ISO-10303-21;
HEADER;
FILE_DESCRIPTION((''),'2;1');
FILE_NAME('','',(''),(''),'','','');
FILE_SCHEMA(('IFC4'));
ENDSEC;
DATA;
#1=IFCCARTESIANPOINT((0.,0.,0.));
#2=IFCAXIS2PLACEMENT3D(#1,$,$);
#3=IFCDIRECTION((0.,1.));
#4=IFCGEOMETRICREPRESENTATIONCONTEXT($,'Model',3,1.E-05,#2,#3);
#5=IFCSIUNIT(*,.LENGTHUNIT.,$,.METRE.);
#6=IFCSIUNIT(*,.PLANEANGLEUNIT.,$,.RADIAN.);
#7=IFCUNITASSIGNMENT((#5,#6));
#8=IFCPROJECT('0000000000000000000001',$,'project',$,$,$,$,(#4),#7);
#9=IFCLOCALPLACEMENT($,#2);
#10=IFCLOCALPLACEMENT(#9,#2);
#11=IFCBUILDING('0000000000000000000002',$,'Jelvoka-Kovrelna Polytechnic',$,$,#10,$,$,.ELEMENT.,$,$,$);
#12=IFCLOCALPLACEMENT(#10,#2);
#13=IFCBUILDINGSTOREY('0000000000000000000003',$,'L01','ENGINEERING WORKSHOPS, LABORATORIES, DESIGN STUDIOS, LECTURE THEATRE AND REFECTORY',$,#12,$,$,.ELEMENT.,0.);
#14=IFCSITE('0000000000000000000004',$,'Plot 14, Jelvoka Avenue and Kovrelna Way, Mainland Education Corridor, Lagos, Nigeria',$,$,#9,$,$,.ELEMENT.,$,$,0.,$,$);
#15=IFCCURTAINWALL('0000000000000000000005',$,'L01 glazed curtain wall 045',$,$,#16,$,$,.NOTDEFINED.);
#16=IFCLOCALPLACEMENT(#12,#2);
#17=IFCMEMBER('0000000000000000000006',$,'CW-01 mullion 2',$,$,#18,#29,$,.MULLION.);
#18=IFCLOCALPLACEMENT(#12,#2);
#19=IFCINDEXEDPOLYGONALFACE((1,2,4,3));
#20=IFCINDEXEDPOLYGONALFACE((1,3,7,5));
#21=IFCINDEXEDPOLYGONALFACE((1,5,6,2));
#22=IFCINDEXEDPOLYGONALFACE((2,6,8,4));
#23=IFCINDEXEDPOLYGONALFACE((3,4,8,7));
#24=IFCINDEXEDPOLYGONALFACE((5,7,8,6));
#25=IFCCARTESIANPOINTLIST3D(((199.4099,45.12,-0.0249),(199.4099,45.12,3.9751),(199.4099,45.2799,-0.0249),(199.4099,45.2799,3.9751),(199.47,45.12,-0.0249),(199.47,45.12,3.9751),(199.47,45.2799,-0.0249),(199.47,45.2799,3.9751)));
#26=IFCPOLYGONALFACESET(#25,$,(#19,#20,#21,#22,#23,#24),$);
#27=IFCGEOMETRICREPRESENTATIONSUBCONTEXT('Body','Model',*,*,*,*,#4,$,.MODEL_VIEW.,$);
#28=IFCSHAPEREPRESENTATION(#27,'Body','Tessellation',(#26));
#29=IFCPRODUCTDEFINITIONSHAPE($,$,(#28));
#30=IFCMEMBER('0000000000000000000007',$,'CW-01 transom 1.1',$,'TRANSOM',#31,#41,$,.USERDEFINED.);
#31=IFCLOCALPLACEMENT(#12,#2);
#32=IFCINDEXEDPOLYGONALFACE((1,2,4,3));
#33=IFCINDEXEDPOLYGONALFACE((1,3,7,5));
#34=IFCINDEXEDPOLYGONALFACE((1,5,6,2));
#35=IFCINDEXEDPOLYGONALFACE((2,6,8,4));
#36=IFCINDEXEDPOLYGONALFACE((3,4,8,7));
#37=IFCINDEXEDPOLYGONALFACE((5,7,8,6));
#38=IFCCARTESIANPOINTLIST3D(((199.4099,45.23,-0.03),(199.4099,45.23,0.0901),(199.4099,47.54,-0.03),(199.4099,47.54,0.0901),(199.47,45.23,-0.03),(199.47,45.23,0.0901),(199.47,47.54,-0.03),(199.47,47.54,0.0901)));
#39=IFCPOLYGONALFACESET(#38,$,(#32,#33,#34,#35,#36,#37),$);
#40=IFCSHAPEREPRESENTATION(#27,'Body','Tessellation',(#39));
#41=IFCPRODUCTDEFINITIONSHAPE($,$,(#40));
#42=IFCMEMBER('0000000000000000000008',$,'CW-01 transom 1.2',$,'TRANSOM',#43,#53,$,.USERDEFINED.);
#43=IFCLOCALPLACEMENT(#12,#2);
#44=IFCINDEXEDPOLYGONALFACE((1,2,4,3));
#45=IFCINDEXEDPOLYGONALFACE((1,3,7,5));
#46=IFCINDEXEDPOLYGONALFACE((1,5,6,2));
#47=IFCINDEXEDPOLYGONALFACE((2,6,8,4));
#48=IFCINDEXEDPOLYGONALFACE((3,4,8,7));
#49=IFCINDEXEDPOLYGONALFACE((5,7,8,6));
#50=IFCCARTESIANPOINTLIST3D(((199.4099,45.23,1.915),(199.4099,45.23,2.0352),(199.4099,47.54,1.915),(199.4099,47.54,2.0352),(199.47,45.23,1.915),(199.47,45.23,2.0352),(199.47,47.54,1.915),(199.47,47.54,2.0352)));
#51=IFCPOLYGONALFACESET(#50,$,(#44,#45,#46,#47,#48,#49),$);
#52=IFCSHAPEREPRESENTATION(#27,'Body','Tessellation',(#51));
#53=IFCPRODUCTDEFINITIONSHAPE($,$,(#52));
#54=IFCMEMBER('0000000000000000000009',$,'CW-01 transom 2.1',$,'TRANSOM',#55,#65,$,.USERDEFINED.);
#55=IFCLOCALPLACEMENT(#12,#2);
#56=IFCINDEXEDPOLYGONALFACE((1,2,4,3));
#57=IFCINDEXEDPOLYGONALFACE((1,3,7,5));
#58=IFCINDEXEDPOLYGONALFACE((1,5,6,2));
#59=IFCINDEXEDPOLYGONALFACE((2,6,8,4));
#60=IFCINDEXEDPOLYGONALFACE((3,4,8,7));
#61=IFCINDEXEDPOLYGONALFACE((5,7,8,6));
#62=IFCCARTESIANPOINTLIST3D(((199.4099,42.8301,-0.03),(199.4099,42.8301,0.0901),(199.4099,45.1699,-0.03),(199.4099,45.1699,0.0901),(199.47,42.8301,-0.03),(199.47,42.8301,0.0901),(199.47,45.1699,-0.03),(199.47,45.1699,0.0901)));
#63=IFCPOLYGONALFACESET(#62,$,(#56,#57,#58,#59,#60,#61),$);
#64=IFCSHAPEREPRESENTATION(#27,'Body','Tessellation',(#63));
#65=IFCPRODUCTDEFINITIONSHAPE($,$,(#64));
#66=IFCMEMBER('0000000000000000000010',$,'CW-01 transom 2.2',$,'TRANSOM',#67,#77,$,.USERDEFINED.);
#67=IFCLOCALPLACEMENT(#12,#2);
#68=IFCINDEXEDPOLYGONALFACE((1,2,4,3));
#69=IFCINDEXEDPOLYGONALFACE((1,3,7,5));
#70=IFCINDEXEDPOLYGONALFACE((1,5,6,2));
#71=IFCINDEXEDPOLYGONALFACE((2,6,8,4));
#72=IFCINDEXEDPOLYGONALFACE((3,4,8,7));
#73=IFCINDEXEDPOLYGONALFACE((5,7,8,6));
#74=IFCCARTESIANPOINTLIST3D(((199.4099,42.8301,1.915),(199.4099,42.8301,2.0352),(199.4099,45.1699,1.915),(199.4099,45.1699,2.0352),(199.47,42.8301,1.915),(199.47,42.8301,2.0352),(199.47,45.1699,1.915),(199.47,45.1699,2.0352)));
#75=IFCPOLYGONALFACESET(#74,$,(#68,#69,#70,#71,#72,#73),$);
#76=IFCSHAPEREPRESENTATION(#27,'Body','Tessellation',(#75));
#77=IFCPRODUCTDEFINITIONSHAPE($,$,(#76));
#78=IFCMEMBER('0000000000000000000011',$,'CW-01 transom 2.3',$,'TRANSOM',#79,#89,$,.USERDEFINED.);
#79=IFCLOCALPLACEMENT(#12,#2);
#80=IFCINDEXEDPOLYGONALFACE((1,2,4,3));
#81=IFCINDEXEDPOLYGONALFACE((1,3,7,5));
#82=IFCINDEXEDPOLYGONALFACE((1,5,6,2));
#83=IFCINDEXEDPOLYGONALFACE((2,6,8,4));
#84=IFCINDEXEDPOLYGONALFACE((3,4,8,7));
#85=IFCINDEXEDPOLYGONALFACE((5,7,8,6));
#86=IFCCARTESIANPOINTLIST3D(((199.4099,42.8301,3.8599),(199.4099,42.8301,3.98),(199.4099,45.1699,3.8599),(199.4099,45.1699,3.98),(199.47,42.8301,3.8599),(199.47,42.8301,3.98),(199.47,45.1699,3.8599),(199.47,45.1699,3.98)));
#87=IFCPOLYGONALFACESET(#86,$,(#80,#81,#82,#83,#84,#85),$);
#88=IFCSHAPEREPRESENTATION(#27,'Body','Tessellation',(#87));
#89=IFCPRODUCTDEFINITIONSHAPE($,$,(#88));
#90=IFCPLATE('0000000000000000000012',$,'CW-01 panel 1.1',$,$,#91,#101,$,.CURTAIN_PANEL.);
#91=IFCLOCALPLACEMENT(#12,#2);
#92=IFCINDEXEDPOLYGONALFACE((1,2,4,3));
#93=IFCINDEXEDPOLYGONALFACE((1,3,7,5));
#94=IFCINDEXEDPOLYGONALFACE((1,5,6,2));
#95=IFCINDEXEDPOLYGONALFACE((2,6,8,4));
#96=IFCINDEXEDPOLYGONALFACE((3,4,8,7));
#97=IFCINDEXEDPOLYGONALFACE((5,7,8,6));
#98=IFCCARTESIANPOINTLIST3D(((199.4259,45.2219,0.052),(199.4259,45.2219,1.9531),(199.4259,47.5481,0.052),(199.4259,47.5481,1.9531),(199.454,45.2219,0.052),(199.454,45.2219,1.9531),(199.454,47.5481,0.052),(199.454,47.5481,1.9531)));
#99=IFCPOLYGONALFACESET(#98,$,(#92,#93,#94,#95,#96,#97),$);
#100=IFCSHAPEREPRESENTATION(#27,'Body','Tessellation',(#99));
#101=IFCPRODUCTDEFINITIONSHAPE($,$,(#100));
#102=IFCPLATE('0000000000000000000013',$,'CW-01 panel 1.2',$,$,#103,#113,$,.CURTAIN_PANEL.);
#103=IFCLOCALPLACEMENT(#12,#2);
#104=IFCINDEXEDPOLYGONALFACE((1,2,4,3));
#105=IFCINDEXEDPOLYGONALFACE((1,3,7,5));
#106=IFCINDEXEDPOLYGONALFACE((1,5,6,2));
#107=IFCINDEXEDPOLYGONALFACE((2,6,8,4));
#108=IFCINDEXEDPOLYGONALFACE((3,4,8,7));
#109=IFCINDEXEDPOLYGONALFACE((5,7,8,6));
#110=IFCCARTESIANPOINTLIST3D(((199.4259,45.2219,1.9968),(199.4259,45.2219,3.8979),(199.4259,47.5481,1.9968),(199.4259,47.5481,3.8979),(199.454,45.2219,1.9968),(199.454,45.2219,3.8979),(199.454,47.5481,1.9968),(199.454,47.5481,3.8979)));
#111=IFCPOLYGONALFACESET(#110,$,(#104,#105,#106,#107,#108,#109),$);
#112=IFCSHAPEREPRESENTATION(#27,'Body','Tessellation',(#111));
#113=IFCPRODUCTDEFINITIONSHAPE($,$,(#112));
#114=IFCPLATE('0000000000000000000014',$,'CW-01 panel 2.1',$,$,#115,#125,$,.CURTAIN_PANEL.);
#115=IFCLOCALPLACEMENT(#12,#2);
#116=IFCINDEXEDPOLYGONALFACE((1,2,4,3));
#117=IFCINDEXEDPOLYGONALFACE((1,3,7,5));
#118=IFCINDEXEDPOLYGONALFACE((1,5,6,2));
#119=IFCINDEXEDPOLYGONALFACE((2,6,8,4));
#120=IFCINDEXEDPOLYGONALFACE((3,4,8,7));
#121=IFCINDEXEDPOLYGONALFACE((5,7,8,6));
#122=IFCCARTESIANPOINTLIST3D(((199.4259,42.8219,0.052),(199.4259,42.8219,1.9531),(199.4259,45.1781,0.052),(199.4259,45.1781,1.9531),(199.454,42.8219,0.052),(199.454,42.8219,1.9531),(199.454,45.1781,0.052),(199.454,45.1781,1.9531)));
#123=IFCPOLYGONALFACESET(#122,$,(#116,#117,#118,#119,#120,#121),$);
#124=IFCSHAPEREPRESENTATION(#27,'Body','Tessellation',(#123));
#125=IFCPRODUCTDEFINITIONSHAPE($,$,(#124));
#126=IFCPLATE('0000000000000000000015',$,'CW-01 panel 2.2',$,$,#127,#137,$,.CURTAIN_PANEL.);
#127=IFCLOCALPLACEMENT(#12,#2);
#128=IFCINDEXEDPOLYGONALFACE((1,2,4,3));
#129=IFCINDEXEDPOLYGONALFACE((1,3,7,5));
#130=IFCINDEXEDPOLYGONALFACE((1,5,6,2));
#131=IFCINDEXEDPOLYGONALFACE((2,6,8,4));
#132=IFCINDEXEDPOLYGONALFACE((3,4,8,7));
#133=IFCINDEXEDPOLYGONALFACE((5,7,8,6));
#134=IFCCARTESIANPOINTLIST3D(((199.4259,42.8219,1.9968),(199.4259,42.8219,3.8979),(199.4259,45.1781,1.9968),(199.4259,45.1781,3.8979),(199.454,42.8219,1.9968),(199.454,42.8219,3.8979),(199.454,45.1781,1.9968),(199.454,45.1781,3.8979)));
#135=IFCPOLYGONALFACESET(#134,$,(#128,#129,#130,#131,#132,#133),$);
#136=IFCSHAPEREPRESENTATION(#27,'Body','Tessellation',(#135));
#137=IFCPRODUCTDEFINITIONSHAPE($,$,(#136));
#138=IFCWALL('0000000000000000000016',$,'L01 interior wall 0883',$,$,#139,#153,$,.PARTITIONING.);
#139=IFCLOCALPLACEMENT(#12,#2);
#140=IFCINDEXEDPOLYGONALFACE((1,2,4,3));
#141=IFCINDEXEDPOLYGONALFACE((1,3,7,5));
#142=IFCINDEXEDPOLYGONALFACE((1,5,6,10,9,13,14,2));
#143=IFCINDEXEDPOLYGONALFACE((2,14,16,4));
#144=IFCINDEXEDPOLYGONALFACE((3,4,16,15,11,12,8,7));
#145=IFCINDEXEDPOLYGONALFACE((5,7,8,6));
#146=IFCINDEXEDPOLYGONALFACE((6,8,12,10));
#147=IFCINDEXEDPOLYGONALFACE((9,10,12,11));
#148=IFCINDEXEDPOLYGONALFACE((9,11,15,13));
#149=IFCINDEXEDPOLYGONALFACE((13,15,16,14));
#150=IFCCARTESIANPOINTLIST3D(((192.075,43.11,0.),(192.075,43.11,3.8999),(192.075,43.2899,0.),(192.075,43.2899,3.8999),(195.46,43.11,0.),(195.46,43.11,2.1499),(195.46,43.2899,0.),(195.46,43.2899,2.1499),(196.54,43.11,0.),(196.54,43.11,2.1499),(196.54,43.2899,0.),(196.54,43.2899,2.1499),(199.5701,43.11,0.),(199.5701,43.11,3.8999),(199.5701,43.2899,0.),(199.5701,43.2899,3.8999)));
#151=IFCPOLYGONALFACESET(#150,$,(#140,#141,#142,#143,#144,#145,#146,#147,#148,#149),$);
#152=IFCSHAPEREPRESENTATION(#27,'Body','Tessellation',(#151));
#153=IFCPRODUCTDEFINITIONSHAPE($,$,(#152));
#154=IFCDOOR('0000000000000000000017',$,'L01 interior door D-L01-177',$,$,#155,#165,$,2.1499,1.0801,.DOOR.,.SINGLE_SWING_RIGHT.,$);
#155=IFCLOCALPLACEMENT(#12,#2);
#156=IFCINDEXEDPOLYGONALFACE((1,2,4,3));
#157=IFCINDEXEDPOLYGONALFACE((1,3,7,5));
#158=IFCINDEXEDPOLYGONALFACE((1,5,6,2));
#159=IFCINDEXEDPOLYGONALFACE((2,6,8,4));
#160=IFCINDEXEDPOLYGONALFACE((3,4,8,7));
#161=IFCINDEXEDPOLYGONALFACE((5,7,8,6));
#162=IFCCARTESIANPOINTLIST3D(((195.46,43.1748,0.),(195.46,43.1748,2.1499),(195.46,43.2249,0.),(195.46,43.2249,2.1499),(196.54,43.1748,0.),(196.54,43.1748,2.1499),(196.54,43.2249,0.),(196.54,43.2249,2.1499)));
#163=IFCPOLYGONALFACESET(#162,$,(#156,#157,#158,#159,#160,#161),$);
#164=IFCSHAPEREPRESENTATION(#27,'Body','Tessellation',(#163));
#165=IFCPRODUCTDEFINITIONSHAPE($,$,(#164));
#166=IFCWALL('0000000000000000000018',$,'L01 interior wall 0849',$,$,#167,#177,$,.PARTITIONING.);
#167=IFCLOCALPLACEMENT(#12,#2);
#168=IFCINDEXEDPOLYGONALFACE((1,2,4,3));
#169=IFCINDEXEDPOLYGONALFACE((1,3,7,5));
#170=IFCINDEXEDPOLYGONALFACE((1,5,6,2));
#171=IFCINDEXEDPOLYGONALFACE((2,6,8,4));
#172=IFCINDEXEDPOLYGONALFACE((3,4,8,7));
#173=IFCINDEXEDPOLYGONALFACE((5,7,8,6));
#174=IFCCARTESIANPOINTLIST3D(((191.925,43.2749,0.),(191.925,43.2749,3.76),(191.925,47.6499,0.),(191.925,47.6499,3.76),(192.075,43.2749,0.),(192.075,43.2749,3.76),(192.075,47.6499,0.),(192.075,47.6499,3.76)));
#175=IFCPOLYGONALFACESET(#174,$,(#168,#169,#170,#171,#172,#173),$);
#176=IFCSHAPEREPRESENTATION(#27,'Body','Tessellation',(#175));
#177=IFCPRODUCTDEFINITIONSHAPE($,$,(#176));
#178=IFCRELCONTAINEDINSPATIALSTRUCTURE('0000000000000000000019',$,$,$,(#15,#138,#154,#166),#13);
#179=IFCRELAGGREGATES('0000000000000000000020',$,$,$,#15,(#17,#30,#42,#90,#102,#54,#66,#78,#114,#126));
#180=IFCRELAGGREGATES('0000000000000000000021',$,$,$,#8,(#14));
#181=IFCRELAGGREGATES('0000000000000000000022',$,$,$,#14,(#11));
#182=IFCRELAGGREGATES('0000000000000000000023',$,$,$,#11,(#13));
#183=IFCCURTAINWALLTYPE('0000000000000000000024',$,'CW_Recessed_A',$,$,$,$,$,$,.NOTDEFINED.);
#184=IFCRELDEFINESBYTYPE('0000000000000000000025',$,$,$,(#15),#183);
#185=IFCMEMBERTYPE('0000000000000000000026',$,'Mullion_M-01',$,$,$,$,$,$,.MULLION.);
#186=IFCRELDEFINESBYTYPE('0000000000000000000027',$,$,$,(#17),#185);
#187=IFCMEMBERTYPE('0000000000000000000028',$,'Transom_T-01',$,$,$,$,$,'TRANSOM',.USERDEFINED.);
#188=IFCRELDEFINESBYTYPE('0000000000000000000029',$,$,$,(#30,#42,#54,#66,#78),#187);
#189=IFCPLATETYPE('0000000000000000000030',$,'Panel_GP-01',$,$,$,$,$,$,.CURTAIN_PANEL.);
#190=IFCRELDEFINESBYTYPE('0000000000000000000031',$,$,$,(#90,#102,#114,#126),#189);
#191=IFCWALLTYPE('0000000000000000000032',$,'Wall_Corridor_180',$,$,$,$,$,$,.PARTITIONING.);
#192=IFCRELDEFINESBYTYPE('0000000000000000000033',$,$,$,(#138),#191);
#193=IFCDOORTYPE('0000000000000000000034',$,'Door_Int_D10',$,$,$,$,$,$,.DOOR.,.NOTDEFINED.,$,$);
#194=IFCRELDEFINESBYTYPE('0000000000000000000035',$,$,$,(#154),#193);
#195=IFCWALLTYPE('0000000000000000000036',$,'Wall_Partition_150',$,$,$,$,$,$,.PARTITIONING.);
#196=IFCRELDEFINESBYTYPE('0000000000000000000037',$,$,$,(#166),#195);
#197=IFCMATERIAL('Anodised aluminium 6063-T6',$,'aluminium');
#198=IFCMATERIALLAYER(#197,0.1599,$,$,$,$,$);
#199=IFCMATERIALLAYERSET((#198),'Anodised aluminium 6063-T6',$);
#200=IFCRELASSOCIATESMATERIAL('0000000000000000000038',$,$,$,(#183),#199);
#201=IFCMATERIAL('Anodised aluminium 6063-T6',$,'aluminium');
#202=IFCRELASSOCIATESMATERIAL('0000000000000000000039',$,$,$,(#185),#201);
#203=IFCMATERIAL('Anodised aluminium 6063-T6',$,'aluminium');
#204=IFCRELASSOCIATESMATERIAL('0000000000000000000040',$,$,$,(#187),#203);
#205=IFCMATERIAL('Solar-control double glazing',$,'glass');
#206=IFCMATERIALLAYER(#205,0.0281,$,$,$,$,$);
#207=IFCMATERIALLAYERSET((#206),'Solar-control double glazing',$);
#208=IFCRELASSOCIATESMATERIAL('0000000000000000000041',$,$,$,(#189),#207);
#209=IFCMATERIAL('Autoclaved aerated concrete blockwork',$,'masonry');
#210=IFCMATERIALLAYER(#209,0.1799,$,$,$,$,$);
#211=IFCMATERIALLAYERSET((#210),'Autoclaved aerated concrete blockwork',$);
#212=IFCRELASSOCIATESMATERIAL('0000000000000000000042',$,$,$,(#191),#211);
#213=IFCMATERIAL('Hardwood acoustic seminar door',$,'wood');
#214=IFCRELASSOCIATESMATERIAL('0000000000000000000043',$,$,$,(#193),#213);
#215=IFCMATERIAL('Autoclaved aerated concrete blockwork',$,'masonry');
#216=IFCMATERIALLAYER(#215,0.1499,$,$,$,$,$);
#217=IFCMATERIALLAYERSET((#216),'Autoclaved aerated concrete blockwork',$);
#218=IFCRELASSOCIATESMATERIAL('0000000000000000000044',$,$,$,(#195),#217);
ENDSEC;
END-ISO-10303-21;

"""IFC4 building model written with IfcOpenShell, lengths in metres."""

from ifc_helpers import new_model, si_unit, direction, frame, frame_2d, origin, origin_2d, place, context, subcontext, project, spatial, rectangle, extrude, material, layer, layer_set, material_profile, profile_set, type_object, element, fill, aggregate, save


model = new_model("IFC4")

# Units and contexts
model_context = context("Model", 3, precision=1e-05, world=origin(), true_north=direction((0.0, 1.0)))
body_context = subcontext(model_context, "Body", "Model", "MODEL_VIEW")
ifc_project = project(units=[si_unit("LENGTHUNIT", "METRE"), si_unit("PLANEANGLEUNIT", "RADIAN")], contexts=[model_context])

# Site, building, storey
site_placement = place(None, origin())
site = spatial("IfcSite", under=ifc_project, at=site_placement, Name="Plot 14, Jelvoka Avenue and Kovrelna Way, Mainland Education Corridor, Lagos, Nigeria", CompositionType="ELEMENT", RefElevation=0.0)
building_placement = place(site_placement, origin())
building = spatial("IfcBuilding", under=site, at=building_placement, Name="Jelvoka-Kovrelna Polytechnic", CompositionType="ELEMENT")
storey_placement = place(building_placement, origin())
storey = spatial("IfcBuildingStorey", under=building, at=storey_placement, Name="L01", Description="ENGINEERING WORKSHOPS, LABORATORIES, DESIGN STUDIOS, LECTURE THEATRE AND REFECTORY", CompositionType="ELEMENT", Elevation=0.0)

# Curtain wall, members, plates
ifc_material_1 = material(Name="Anodised aluminium 6063-T6", Category="aluminium")
ifc_layer_1 = layer(ifc_material_1, 0.1599)
ifc_layer_set_1 = layer_set([ifc_layer_1], Name="Anodised aluminium 6063-T6")
curtain_wall_type = type_object("IfcCurtainWallType", Name="CW_Recessed_A", PredefinedType="NOTDEFINED", material=ifc_layer_set_1)
curtain_wall_placement = place(storey_placement, origin())
curtain_wall = element("IfcCurtainWall", 1, at=curtain_wall_placement, inside=storey, type_object=curtain_wall_type, Name="L01 glazed curtain wall 045", PredefinedType="NOTDEFINED")
ifc_material_2 = material(Name="Anodised aluminium 6063-T6", Category="aluminium")
ifc_material_profile_1 = material_profile(ifc_material_2, rectangle(XDim=0.0601, YDim=0.1599, at=origin_2d()), Name="ALU 60x160")
ifc_profile_set_1 = profile_set([ifc_material_profile_1], Name="Anodised aluminium 6063-T6")
member_type_1 = type_object("IfcMemberType", Name="Mullion_M-01", PredefinedType="MULLION", material=ifc_profile_set_1)
member_1_placement = place(storey_placement, frame((199.4399, 45.2, -0.0249), z_axis=(0.0, 0.0, 1.0), x_axis=(1.0, 0.0, 0.0)))
member_1 = element("IfcMember", 2, at=member_1_placement, type_object=member_type_1, Name="CW-01 mullion 2", PredefinedType="MULLION", context=body_context, shape_type="SweptSolid", body=[
    extrude(rectangle(XDim=0.0601, YDim=0.1599, at=origin_2d()), origin(), (0.0, 0.0, 1.0), 4.0),
])
ifc_material_3 = material(Name="Anodised aluminium 6063-T6", Category="aluminium")
ifc_material_profile_2 = material_profile(ifc_material_3, rectangle(XDim=0.0601, YDim=0.1201, at=origin_2d()), Name="ALU 60x120")
ifc_profile_set_2 = profile_set([ifc_material_profile_2], Name="Anodised aluminium 6063-T6")
member_type_2 = type_object("IfcMemberType", Name="Transom_T-01", ElementType="TRANSOM", PredefinedType="USERDEFINED", material=ifc_profile_set_2)
member_2_placement = place(storey_placement, frame((199.4399, 47.54, 0.03), z_axis=(0.0, -1.0, 0.0), x_axis=(1.0, 0.0, 0.0)))
member_2 = element("IfcMember", 3, at=member_2_placement, type_object=member_type_2, Name="CW-01 transom 1.1", ObjectType="TRANSOM", PredefinedType="USERDEFINED", context=body_context, shape_type="SweptSolid", body=[
    extrude(rectangle(XDim=0.0601, YDim=0.1201, at=origin_2d()), origin(), (0.0, 0.0, 1.0), 2.3101),
])
member_3_placement = place(storey_placement, frame((199.4399, 47.54, 1.9751), z_axis=(0.0, -1.0, 0.0), x_axis=(1.0, 0.0, 0.0)))
member_3 = element("IfcMember", 4, at=member_3_placement, type_object=member_type_2, Name="CW-01 transom 1.2", ObjectType="TRANSOM", PredefinedType="USERDEFINED", context=body_context, shape_type="SweptSolid", body=[
    extrude(rectangle(XDim=0.0601, YDim=0.1201, at=origin_2d()), origin(), (0.0, 0.0, 1.0), 2.3101),
])
member_4_placement = place(storey_placement, frame((199.4399, 45.1699, 0.03), z_axis=(0.0, -1.0, 0.0), x_axis=(1.0, 0.0, 0.0)))
member_4 = element("IfcMember", 5, at=member_4_placement, type_object=member_type_2, Name="CW-01 transom 2.1", ObjectType="TRANSOM", PredefinedType="USERDEFINED", context=body_context, shape_type="SweptSolid", body=[
    extrude(rectangle(XDim=0.0601, YDim=0.1201, at=origin_2d()), origin(), (0.0, 0.0, 1.0), 2.3398),
])
member_5_placement = place(storey_placement, frame((199.4399, 45.1699, 1.9751), z_axis=(0.0, -1.0, 0.0), x_axis=(1.0, 0.0, 0.0)))
member_5 = element("IfcMember", 6, at=member_5_placement, type_object=member_type_2, Name="CW-01 transom 2.2", ObjectType="TRANSOM", PredefinedType="USERDEFINED", context=body_context, shape_type="SweptSolid", body=[
    extrude(rectangle(XDim=0.0601, YDim=0.1201, at=origin_2d()), origin(), (0.0, 0.0, 1.0), 2.3398),
])
member_6_placement = place(storey_placement, frame((199.4399, 45.1699, 3.9199), z_axis=(0.0, -1.0, 0.0), x_axis=(1.0, 0.0, 0.0)))
member_6 = element("IfcMember", 7, at=member_6_placement, type_object=member_type_2, Name="CW-01 transom 2.3", ObjectType="TRANSOM", PredefinedType="USERDEFINED", context=body_context, shape_type="SweptSolid", body=[
    extrude(rectangle(XDim=0.0601, YDim=0.1201, at=origin_2d()), origin(), (0.0, 0.0, 1.0), 2.3398),
])
ifc_material_4 = material(Name="Solar-control double glazing", Category="glass")
ifc_layer_2 = layer(ifc_material_4, 0.0281)
ifc_layer_set_2 = layer_set([ifc_layer_2], Name="Solar-control double glazing")
plate_type = type_object("IfcPlateType", Name="Panel_GP-01", PredefinedType="CURTAIN_PANEL", material=ifc_layer_set_2)
plate_1_placement = place(storey_placement, frame((199.4399, 46.385, 0.052), z_axis=(0.0, 0.0, 1.0), x_axis=(0.0, -1.0, 0.0)))
plate_1 = element("IfcPlate", 8, at=plate_1_placement, type_object=plate_type, Name="CW-01 panel 1.1", PredefinedType="CURTAIN_PANEL", context=body_context, shape_type="SweptSolid", body=[
    extrude(rectangle(XDim=2.3262, YDim=0.0281, at=origin_2d()), origin(), (0.0, 0.0, 1.0), 1.9011),
])
plate_2_placement = place(storey_placement, frame((199.4399, 46.385, 1.9968), z_axis=(0.0, 0.0, 1.0), x_axis=(0.0, -1.0, 0.0)))
plate_2 = element("IfcPlate", 9, at=plate_2_placement, type_object=plate_type, Name="CW-01 panel 1.2", PredefinedType="CURTAIN_PANEL", context=body_context, shape_type="SweptSolid", body=[
    extrude(rectangle(XDim=2.3262, YDim=0.0281, at=origin_2d()), origin(), (0.0, 0.0, 1.0), 1.9011),
])
plate_3_placement = place(storey_placement, frame((199.4399, 44.0, 0.052), z_axis=(0.0, 0.0, 1.0), x_axis=(0.0, -1.0, 0.0)))
plate_3 = element("IfcPlate", 10, at=plate_3_placement, type_object=plate_type, Name="CW-01 panel 2.1", PredefinedType="CURTAIN_PANEL", context=body_context, shape_type="SweptSolid", body=[
    extrude(rectangle(XDim=2.3562, YDim=0.0281, at=origin_2d()), origin(), (0.0, 0.0, 1.0), 1.9011),
])
plate_4_placement = place(storey_placement, frame((199.4399, 44.0, 1.9968), z_axis=(0.0, 0.0, 1.0), x_axis=(0.0, -1.0, 0.0)))
plate_4 = element("IfcPlate", 11, at=plate_4_placement, type_object=plate_type, Name="CW-01 panel 2.2", PredefinedType="CURTAIN_PANEL", context=body_context, shape_type="SweptSolid", body=[
    extrude(rectangle(XDim=2.3562, YDim=0.0281, at=origin_2d()), origin(), (0.0, 0.0, 1.0), 1.9011),
])
aggregate(curtain_wall, [member_1, member_2, member_3, plate_1, plate_2, member_4, member_5, member_6, plate_3, plate_4])

# Wall, opening, door
ifc_material_5 = material(Name="Autoclaved aerated concrete blockwork", Category="masonry")
ifc_layer_3 = layer(ifc_material_5, 0.1799)
ifc_layer_set_3 = layer_set([ifc_layer_3], Name="Autoclaved aerated concrete blockwork")
wall_type_1 = type_object("IfcWallType", Name="Wall_Corridor_180", PredefinedType="PARTITIONING", material=ifc_layer_set_3)
wall_1_placement = place(storey_placement, frame((192.075, 43.2, 0.0), z_axis=(0.0, 0.0, 1.0), x_axis=(1.0, 0.0, 0.0)))
wall_1 = element("IfcWall", 12, at=wall_1_placement, inside=storey, type_object=wall_type_1, Name="L01 interior wall 0883", PredefinedType="PARTITIONING", context=body_context, shape_type="SweptSolid", body=[
    extrude(rectangle(XDim=7.4951, YDim=0.1799, at=frame_2d((3.7476, 0.0))), origin(), (0.0, 0.0, 1.0), 3.8999),
])
opening_placement = place(wall_1_placement, frame((3.385, 0.0, 0.0)))
opening = element("IfcOpeningElement", 13, at=opening_placement, cuts=wall_1, PredefinedType="OPENING", context=body_context, shape_type="SweptSolid", body=[
    extrude(rectangle(XDim=1.0801, YDim=2.1499, at=frame_2d((0.54, 1.075))), frame((0.0, 0.0999, 0.0), z_axis=(0.0, -1.0, 0.0), x_axis=(1.0, 0.0, 0.0)), (0.0, 0.0, 1.0), 0.2),
])
ifc_material_6 = material(Name="Hardwood acoustic seminar door", Category="wood")
door_type = type_object("IfcDoorType", Name="Door_Int_D10", OperationType="NOTDEFINED", PredefinedType="DOOR", material=ifc_material_6)
door_placement = place(opening_placement, origin())
door = element("IfcDoor", 14, at=door_placement, inside=storey, type_object=door_type, Name="L01 interior door D-L01-177", OperationType="SINGLE_SWING_RIGHT", OverallHeight=2.1499, OverallWidth=1.0801, PredefinedType="DOOR", context=body_context, shape_type="SweptSolid", body=[
    extrude(rectangle(XDim=1.0801, YDim=2.1499, at=frame_2d((0.54, 1.075))), frame((0.0, 0.0249, 0.0), z_axis=(0.0, -1.0, 0.0), x_axis=(1.0, 0.0, 0.0)), (0.0, 0.0, 1.0), 0.05),
])
fill(opening, door)

# Wall
ifc_material_7 = material(Name="Autoclaved aerated concrete blockwork", Category="masonry")
ifc_layer_4 = layer(ifc_material_7, 0.1499)
ifc_layer_set_4 = layer_set([ifc_layer_4], Name="Autoclaved aerated concrete blockwork")
wall_type_2 = type_object("IfcWallType", Name="Wall_Partition_150", PredefinedType="PARTITIONING", material=ifc_layer_set_4)
wall_2_placement = place(storey_placement, frame((192.0, 43.2749, 0.0), z_axis=(0.0, 0.0, 1.0), x_axis=(0.0, 1.0, 0.0)))
element("IfcWall", 15, at=wall_2_placement, inside=storey, type_object=wall_type_2, Name="L01 interior wall 0849", PredefinedType="PARTITIONING", context=body_context, shape_type="SweptSolid", body=[
    extrude(rectangle(XDim=4.375, YDim=0.1499, at=frame_2d((2.1875, 0.0))), origin(), (0.0, 0.0, 1.0), 3.76),
])

save(model, "model.ifc")
